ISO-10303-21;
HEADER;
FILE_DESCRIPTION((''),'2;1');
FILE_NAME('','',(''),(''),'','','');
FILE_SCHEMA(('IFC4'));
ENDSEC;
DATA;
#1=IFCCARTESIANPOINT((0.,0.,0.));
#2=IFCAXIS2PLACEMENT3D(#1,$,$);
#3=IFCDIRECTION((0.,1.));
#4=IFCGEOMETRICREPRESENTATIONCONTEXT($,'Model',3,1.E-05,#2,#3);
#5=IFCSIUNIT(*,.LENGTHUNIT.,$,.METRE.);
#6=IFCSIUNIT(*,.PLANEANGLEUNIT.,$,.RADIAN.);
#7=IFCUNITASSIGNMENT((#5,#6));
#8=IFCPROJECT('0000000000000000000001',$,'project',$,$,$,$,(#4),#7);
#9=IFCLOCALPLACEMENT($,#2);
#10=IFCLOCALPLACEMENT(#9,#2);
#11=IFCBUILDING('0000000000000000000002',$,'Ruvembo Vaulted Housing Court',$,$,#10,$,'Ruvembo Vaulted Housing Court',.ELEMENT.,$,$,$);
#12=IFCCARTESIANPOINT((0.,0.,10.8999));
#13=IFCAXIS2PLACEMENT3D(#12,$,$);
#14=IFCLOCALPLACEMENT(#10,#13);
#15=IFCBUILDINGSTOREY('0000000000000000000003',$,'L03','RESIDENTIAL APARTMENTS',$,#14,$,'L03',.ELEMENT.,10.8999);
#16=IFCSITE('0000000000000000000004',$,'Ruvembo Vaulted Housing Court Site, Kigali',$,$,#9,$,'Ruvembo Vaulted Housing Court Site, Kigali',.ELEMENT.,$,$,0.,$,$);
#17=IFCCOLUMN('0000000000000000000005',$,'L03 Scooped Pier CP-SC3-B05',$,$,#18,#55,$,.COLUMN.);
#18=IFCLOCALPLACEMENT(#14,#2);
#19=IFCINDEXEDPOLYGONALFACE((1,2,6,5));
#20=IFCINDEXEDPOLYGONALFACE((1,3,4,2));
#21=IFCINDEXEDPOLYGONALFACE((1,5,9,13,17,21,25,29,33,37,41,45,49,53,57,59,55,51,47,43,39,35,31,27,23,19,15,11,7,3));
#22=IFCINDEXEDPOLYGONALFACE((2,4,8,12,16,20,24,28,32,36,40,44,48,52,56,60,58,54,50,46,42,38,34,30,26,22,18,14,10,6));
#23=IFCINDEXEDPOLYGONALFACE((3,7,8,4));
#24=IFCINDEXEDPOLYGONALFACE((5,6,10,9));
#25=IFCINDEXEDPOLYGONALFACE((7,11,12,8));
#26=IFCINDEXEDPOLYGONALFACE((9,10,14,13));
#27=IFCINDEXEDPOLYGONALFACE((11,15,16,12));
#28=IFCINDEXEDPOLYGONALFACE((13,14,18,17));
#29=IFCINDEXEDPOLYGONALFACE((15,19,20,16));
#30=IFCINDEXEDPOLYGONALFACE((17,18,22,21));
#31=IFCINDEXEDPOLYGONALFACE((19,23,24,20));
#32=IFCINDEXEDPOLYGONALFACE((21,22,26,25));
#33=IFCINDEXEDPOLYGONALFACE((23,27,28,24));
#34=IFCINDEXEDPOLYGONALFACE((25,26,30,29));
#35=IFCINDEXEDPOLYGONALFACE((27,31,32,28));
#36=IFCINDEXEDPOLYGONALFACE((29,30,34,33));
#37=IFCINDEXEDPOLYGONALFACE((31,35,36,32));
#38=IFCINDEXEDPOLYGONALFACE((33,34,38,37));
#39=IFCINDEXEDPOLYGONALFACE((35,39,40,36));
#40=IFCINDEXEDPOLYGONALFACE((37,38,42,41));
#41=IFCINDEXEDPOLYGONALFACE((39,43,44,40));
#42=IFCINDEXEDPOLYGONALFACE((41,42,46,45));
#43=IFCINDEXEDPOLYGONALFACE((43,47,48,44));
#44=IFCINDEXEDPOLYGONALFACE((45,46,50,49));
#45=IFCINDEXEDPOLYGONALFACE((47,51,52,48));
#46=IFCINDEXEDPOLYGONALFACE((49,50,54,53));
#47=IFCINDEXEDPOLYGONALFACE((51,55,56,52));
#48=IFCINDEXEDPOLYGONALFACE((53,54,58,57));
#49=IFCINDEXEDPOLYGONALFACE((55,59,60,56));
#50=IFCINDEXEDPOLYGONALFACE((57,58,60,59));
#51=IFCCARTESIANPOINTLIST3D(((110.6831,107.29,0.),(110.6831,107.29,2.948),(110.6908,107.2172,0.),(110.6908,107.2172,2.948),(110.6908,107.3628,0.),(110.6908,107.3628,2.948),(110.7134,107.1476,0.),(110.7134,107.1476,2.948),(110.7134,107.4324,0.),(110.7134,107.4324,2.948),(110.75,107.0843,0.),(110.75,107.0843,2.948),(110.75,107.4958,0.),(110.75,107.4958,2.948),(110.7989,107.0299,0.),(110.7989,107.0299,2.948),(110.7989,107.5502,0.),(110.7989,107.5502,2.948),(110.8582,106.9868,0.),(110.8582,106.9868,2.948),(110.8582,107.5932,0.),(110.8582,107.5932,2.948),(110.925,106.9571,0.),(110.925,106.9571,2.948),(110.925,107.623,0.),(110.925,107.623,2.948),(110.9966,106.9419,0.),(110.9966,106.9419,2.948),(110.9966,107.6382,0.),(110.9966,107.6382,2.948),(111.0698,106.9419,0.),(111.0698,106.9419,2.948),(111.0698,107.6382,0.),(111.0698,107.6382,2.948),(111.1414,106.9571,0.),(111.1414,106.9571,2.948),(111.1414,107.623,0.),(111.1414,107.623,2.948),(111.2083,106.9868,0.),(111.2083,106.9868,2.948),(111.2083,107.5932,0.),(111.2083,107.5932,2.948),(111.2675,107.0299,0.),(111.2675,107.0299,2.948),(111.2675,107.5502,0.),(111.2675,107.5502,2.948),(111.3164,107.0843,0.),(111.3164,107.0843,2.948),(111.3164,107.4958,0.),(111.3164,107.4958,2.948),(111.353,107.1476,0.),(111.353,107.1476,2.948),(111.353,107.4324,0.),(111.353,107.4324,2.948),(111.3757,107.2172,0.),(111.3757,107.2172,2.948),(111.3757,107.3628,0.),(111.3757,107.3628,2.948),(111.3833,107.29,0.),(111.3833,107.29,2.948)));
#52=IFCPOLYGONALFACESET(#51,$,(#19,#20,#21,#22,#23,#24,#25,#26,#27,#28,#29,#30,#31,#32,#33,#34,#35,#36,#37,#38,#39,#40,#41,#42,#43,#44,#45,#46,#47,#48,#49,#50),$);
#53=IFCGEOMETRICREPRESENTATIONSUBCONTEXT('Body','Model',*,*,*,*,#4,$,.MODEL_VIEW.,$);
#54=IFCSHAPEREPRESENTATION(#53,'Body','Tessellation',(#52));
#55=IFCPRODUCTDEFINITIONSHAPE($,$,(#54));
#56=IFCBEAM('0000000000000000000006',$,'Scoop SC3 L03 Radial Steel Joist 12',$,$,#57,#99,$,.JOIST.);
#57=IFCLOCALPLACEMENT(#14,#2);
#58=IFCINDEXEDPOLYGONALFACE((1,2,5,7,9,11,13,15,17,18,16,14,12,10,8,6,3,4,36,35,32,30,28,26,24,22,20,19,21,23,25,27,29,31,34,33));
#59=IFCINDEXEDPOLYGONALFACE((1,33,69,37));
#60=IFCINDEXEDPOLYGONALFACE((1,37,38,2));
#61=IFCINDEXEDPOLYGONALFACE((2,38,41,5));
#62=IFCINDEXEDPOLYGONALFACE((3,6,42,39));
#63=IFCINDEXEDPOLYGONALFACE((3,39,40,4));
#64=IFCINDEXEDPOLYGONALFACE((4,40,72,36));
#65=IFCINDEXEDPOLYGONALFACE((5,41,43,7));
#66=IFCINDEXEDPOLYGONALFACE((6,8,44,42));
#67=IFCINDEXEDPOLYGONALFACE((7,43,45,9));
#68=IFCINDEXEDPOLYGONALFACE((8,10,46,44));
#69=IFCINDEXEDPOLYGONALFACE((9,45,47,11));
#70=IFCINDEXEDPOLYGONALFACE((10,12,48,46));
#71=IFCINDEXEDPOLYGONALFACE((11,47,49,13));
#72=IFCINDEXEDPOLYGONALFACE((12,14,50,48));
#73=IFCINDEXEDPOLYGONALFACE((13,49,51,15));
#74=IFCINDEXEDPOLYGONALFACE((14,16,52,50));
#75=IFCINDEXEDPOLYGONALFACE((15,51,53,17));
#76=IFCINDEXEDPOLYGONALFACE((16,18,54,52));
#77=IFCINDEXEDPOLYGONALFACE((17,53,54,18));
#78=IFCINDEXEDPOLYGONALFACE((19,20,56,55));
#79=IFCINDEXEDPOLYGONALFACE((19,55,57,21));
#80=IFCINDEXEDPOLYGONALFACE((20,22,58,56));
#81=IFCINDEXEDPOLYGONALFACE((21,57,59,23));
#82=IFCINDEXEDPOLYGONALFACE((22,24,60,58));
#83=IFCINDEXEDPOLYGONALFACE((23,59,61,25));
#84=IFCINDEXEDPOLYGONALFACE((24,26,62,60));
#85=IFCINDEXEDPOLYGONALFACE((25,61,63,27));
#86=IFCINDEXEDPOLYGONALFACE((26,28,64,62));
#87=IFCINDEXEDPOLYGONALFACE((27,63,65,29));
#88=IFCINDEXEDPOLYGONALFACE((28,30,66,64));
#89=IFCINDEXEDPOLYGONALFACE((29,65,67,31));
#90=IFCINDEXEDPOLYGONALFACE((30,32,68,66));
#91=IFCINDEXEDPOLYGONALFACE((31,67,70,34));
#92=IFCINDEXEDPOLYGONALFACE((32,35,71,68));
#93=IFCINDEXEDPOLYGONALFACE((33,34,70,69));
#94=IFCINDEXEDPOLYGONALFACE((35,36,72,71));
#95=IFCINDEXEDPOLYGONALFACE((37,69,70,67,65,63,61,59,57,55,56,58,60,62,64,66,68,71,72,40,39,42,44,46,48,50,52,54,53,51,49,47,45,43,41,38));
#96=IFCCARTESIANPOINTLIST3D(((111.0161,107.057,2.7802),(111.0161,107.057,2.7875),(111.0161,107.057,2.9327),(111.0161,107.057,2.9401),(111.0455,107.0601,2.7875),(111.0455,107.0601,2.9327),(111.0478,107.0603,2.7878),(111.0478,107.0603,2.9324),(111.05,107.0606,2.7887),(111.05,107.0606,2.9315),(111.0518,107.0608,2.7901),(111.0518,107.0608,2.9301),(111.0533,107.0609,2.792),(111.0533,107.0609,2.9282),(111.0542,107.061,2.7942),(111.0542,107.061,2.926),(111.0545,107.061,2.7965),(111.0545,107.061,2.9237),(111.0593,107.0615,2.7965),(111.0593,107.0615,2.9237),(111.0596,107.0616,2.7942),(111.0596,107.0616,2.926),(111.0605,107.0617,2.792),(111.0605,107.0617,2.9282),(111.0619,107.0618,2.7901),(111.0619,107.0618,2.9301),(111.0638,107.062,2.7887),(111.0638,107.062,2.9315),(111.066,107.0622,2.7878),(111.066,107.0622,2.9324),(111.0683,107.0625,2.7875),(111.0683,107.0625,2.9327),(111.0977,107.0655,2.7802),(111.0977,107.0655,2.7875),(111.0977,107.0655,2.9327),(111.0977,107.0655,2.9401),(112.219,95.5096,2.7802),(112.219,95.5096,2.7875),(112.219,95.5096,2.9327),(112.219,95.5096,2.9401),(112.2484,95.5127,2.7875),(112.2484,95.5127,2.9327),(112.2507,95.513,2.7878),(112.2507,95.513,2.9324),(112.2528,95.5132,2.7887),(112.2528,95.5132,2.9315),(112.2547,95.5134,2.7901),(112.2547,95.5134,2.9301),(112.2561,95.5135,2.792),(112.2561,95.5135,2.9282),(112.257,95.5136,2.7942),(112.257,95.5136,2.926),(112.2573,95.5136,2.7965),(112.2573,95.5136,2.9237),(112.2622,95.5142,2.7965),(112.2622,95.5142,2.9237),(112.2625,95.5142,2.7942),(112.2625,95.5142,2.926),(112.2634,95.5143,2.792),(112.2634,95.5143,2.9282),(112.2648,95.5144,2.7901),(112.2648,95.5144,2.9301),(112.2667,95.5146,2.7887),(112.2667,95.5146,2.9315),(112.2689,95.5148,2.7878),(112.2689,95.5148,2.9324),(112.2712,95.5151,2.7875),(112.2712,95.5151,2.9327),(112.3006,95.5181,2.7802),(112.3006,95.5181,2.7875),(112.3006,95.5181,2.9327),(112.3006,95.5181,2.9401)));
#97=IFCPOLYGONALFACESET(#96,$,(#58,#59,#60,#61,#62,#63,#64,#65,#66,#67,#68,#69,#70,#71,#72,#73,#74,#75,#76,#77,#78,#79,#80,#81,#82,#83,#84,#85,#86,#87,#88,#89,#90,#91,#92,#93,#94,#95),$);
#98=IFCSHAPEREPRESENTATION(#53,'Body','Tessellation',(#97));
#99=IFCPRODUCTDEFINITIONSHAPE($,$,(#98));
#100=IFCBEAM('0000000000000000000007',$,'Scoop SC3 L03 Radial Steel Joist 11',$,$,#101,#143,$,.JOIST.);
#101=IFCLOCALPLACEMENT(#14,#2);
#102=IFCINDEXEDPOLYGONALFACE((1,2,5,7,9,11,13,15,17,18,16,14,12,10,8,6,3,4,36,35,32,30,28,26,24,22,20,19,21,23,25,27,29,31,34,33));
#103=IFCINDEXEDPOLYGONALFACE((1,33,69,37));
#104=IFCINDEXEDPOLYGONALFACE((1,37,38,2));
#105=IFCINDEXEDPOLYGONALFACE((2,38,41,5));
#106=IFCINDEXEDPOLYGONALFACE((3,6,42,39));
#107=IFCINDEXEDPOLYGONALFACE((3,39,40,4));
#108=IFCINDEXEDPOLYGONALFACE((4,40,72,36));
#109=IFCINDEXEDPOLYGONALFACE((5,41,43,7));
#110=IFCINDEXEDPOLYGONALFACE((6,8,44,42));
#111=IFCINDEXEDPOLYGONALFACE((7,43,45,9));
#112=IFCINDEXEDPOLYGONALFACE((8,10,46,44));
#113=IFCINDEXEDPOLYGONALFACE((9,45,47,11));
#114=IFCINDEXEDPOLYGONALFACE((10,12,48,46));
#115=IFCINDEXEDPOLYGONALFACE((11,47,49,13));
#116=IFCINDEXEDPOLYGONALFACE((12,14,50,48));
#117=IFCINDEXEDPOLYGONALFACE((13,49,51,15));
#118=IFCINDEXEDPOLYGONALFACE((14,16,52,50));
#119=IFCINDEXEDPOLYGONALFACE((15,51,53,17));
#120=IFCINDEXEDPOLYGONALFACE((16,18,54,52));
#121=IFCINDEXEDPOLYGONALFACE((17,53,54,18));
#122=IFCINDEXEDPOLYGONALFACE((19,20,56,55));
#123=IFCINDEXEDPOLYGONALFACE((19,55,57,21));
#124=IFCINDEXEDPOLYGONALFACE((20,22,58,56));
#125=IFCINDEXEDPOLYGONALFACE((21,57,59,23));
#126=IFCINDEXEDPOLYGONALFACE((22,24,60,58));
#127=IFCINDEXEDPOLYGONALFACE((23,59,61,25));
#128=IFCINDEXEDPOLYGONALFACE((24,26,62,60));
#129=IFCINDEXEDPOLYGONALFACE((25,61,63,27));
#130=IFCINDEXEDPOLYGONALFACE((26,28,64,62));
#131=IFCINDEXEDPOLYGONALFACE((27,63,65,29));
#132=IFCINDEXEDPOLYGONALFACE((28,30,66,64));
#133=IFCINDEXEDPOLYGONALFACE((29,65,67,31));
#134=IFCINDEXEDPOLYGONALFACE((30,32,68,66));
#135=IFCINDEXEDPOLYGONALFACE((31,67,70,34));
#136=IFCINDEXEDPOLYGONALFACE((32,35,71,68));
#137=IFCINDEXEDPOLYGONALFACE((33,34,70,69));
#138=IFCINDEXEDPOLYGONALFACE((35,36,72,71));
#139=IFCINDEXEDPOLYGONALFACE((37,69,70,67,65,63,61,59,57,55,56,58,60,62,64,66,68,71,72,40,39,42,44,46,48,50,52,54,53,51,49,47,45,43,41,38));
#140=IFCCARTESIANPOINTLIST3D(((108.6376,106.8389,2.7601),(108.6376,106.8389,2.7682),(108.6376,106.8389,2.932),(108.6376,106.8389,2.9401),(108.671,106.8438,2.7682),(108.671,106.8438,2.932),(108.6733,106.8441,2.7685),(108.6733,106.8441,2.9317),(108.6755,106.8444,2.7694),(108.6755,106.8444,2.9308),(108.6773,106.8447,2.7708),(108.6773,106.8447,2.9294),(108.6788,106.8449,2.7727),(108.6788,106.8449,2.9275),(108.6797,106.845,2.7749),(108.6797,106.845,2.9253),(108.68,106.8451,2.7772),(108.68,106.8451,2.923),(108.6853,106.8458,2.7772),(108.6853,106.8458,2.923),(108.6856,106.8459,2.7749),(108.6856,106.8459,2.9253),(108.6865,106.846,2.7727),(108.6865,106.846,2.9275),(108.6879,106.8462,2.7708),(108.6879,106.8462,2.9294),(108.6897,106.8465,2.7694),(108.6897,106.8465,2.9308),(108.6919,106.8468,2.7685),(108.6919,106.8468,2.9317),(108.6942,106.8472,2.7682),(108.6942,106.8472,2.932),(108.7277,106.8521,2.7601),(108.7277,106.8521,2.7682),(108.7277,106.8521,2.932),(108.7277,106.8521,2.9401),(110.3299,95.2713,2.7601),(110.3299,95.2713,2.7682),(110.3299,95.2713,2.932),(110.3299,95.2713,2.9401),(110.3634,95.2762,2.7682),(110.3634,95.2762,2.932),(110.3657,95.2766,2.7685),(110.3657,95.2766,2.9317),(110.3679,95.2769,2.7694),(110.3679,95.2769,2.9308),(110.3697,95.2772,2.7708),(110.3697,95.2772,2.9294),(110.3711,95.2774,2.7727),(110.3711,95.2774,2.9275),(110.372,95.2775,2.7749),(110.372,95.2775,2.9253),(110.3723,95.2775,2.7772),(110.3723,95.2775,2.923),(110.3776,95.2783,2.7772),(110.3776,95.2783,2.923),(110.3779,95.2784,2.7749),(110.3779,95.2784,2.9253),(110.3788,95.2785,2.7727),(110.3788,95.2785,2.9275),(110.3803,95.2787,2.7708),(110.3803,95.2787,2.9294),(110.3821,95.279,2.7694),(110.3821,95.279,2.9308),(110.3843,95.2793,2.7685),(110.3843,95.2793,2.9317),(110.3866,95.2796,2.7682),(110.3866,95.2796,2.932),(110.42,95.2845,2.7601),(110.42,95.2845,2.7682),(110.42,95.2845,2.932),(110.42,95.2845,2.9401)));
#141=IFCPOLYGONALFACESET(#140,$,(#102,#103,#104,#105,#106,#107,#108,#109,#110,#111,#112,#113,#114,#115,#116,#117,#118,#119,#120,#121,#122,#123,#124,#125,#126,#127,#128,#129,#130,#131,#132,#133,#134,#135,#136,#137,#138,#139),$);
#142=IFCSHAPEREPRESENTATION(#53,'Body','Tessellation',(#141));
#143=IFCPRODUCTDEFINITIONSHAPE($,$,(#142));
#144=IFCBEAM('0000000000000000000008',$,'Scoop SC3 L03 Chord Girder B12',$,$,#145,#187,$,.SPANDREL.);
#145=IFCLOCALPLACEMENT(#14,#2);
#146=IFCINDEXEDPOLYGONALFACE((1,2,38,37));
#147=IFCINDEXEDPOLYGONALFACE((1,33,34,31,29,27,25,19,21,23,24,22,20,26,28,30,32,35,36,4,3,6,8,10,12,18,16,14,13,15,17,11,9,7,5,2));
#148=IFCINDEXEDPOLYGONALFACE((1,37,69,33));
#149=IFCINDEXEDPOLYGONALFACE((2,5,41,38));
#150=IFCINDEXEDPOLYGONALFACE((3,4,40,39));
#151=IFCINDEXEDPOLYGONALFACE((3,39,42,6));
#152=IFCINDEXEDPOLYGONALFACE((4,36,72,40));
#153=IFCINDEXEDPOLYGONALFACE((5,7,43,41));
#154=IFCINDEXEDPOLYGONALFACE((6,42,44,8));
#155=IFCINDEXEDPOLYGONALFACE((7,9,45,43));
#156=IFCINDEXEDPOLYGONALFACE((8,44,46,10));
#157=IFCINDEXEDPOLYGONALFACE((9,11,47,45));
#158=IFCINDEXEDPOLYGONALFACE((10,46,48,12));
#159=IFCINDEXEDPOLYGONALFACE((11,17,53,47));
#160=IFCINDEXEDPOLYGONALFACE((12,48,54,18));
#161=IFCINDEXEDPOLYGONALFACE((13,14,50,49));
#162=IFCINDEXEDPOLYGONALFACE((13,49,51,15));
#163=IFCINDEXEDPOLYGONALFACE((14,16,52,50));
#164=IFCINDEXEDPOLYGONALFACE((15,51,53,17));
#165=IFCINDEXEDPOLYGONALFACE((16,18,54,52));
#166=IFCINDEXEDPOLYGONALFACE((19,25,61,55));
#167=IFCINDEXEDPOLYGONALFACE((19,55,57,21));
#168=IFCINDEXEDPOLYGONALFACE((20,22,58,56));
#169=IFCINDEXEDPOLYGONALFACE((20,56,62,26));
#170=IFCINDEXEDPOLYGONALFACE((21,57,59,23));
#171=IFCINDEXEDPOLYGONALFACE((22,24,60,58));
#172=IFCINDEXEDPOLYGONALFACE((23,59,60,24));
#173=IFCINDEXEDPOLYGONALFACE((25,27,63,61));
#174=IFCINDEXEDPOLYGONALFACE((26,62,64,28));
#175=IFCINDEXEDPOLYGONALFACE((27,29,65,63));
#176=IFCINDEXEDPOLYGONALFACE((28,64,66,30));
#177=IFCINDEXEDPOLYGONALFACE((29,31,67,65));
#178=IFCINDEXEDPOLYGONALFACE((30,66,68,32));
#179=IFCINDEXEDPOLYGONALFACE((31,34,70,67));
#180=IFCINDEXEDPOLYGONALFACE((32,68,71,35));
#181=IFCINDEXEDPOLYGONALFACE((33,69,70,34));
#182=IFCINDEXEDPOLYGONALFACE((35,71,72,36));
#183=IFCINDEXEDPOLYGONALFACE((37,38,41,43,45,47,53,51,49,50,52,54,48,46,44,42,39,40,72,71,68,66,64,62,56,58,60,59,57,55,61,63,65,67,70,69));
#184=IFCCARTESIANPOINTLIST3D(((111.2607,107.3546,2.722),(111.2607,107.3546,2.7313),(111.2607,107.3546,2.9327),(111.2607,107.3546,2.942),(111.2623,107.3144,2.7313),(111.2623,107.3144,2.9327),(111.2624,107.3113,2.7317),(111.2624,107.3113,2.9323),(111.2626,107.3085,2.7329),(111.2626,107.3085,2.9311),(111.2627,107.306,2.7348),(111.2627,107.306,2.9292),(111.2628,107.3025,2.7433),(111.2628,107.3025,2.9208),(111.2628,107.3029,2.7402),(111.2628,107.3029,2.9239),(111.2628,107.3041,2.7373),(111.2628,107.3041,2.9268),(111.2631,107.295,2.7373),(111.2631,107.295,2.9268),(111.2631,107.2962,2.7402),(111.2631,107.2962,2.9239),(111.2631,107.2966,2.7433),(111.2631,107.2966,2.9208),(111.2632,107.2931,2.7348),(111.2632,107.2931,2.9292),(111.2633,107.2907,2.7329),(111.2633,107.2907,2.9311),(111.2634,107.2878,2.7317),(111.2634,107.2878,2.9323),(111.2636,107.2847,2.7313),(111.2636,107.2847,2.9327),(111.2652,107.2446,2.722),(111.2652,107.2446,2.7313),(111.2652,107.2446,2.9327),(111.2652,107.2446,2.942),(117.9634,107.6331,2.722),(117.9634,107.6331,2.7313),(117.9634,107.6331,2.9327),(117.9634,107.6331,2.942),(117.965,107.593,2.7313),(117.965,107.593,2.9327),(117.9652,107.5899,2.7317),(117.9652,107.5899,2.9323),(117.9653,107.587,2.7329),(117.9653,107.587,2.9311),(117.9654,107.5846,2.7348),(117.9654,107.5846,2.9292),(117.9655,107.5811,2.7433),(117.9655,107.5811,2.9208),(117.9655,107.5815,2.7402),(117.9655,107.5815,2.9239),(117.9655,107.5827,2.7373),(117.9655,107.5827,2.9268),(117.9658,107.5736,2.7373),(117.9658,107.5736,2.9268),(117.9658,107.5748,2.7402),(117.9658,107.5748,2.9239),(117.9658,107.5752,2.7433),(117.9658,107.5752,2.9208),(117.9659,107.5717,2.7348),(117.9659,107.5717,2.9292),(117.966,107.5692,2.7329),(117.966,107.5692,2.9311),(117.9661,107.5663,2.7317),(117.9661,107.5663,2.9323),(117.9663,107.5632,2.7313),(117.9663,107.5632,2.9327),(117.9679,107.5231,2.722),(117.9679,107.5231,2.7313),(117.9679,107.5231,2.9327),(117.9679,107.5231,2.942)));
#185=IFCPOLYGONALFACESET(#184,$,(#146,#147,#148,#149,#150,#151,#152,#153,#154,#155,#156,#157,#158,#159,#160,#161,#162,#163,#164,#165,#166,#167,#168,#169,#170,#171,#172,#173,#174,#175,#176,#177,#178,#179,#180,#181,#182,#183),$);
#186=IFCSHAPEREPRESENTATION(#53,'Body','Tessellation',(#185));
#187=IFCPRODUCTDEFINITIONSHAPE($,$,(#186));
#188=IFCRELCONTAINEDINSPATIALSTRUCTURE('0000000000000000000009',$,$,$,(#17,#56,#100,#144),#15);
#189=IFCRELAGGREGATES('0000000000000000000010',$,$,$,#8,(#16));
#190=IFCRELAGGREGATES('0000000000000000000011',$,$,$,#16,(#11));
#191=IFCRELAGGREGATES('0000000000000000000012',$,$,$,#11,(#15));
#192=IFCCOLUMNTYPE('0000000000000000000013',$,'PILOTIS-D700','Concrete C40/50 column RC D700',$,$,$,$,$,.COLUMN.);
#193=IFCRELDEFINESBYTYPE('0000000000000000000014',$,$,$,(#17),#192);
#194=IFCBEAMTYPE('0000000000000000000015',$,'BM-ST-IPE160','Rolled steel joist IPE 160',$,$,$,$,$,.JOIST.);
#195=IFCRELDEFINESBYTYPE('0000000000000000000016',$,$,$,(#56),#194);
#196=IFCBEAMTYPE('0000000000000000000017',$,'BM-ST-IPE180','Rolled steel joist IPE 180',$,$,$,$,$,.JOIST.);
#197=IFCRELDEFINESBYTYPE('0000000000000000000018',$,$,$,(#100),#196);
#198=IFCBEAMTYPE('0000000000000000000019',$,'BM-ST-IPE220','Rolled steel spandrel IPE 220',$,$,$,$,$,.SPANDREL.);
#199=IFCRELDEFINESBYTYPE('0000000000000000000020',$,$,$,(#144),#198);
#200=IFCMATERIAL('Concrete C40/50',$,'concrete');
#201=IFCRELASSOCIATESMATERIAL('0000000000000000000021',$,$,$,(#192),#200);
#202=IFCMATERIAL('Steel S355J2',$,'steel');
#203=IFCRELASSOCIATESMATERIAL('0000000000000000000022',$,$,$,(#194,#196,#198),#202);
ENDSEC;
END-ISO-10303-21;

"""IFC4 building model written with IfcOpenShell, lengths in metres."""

from ifc_helpers import new_model, si_unit, direction, frame, origin, origin_2d, place, context, subcontext, project, spatial, circle, i_section, extrude, material, material_profile, profile_set, type_object, element, save


model = new_model("IFC4")

# Units and contexts
model_context = context("Model", 3, precision=1e-05, world=origin(), true_north=direction((0.0, 1.0)))
body_context = subcontext(model_context, "Body", "Model", "MODEL_VIEW")
ifc_project = project(units=[si_unit("LENGTHUNIT", "METRE"), si_unit("PLANEANGLEUNIT", "RADIAN")], contexts=[model_context])

# Site, building, storey
site_placement = place(None, origin())
site = spatial("IfcSite", under=ifc_project, at=site_placement, Name="Ruvembo Vaulted Housing Court Site, Kigali", LongName="Ruvembo Vaulted Housing Court Site, Kigali", CompositionType="ELEMENT", RefElevation=0.0)
building_placement = place(site_placement, origin())
building = spatial("IfcBuilding", under=site, at=building_placement, Name="Ruvembo Vaulted Housing Court", LongName="Ruvembo Vaulted Housing Court", CompositionType="ELEMENT")
storey_placement = place(building_placement, frame((0.0, 0.0, 10.8999)))
storey = spatial("IfcBuildingStorey", under=building, at=storey_placement, Name="L03", Description="RESIDENTIAL APARTMENTS", LongName="L03", CompositionType="ELEMENT", Elevation=10.8999)

# Column
ifc_material_1 = material(Name="Concrete C40/50", Category="concrete")
ifc_material_profile_1 = material_profile(ifc_material_1, circle(Radius=0.3501, at=origin_2d()), Name="RC D700")
ifc_profile_set_1 = profile_set([ifc_material_profile_1], Name="Concrete C40/50")
column_type = type_object("IfcColumnType", Name="PILOTIS-D700", Description="Concrete C40/50 column RC D700", PredefinedType="COLUMN", material=ifc_profile_set_1)
column_placement = place(storey_placement, frame((111.0332, 107.29, 0.0), z_axis=(0.0, 0.0, 1.0), x_axis=(1.0, 0.0, 0.0)))
element("IfcColumn", 1, at=column_placement, inside=storey, type_object=column_type, Name="L03 Scooped Pier CP-SC3-B05", PredefinedType="COLUMN", context=body_context, shape_type="SweptSolid", body=[
    extrude(circle(Radius=0.3501, at=origin_2d()), origin(), (0.0, 0.0, 1.0), 2.948),
])

# Beams
ifc_material_2 = material(Name="Steel S355J2", Category="steel")
ifc_material_profile_2 = material_profile(ifc_material_2, i_section(OverallWidth=0.082, OverallDepth=0.1599, WebThickness=0.0049, FlangeThickness=0.0073, FilletRadius=0.009, at=origin_2d()), Name="IPE 160")
ifc_profile_set_2 = profile_set([ifc_material_profile_2], Name="Steel S355J2")
beam_type_1 = type_object("IfcBeamType", Name="BM-ST-IPE160", Description="Rolled steel joist IPE 160", PredefinedType="JOIST", material=ifc_profile_set_2)
beam_1_placement = place(storey_placement, frame((111.0569, 107.0613, 2.8601), z_axis=(0.103609, -0.994618, 0.0), x_axis=(0.994618, 0.103609, 0.0)))
element("IfcBeam", 2, at=beam_1_placement, inside=storey, type_object=beam_type_1, Name="Scoop SC3 L03 Radial Steel Joist 12", PredefinedType="JOIST", context=body_context, shape_type="SweptSolid", body=[
    extrude(i_section(OverallWidth=0.082, OverallDepth=0.1599, WebThickness=0.0049, FlangeThickness=0.0073, FilletRadius=0.009, at=origin_2d()), origin(), (0.0, 0.0, 1.0), 11.6099),
])
ifc_material_profile_3 = material_profile(ifc_material_2, i_section(OverallWidth=0.0911, OverallDepth=0.1799, WebThickness=0.0054, FlangeThickness=0.0081, FilletRadius=0.009, at=origin_2d()), Name="IPE 180")
ifc_profile_set_3 = profile_set([ifc_material_profile_3], Name="Steel S355J2")
beam_type_2 = type_object("IfcBeamType", Name="BM-ST-IPE180", Description="Rolled steel joist IPE 180", PredefinedType="JOIST", material=ifc_profile_set_3)
beam_2_placement = place(storey_placement, frame((108.6826, 106.8455, 2.8501), z_axis=(0.144762, -0.989466, 0.0), x_axis=(0.989466, 0.144762, 0.0)))
element("IfcBeam", 3, at=beam_2_placement, inside=storey, type_object=beam_type_2, Name="Scoop SC3 L03 Radial Steel Joist 11", PredefinedType="JOIST", context=body_context, shape_type="SweptSolid", body=[
    extrude(i_section(OverallWidth=0.0911, OverallDepth=0.1799, WebThickness=0.0054, FlangeThickness=0.0081, FilletRadius=0.009, at=origin_2d()), origin(), (0.0, 0.0, 1.0), 11.6907),
])
ifc_material_profile_4 = material_profile(ifc_material_2, i_section(OverallWidth=0.1101, OverallDepth=0.22, WebThickness=0.0059, FlangeThickness=0.0093, FilletRadius=0.012, at=origin_2d()), Name="IPE 220")
ifc_profile_set_4 = profile_set([ifc_material_profile_4], Name="Steel S355J2")
beam_type_3 = type_object("IfcBeamType", Name="BM-ST-IPE220", Description="Rolled steel spandrel IPE 220", PredefinedType="SPANDREL", material=ifc_profile_set_4)
beam_3_placement = place(storey_placement, frame((111.2629, 107.2996, 2.832), z_axis=(0.999137, 0.041525, 0.0), x_axis=(-0.041525, 0.999137, 0.0)))
element("IfcBeam", 4, at=beam_3_placement, inside=storey, type_object=beam_type_3, Name="Scoop SC3 L03 Chord Girder B12", PredefinedType="SPANDREL", context=body_context, shape_type="SweptSolid", body=[
    extrude(i_section(OverallWidth=0.1101, OverallDepth=0.22, WebThickness=0.0059, FlangeThickness=0.0093, FilletRadius=0.012, at=origin_2d()), origin(), (0.0, 0.0, 1.0), 6.7085),
])

save(model, "model.ifc")
